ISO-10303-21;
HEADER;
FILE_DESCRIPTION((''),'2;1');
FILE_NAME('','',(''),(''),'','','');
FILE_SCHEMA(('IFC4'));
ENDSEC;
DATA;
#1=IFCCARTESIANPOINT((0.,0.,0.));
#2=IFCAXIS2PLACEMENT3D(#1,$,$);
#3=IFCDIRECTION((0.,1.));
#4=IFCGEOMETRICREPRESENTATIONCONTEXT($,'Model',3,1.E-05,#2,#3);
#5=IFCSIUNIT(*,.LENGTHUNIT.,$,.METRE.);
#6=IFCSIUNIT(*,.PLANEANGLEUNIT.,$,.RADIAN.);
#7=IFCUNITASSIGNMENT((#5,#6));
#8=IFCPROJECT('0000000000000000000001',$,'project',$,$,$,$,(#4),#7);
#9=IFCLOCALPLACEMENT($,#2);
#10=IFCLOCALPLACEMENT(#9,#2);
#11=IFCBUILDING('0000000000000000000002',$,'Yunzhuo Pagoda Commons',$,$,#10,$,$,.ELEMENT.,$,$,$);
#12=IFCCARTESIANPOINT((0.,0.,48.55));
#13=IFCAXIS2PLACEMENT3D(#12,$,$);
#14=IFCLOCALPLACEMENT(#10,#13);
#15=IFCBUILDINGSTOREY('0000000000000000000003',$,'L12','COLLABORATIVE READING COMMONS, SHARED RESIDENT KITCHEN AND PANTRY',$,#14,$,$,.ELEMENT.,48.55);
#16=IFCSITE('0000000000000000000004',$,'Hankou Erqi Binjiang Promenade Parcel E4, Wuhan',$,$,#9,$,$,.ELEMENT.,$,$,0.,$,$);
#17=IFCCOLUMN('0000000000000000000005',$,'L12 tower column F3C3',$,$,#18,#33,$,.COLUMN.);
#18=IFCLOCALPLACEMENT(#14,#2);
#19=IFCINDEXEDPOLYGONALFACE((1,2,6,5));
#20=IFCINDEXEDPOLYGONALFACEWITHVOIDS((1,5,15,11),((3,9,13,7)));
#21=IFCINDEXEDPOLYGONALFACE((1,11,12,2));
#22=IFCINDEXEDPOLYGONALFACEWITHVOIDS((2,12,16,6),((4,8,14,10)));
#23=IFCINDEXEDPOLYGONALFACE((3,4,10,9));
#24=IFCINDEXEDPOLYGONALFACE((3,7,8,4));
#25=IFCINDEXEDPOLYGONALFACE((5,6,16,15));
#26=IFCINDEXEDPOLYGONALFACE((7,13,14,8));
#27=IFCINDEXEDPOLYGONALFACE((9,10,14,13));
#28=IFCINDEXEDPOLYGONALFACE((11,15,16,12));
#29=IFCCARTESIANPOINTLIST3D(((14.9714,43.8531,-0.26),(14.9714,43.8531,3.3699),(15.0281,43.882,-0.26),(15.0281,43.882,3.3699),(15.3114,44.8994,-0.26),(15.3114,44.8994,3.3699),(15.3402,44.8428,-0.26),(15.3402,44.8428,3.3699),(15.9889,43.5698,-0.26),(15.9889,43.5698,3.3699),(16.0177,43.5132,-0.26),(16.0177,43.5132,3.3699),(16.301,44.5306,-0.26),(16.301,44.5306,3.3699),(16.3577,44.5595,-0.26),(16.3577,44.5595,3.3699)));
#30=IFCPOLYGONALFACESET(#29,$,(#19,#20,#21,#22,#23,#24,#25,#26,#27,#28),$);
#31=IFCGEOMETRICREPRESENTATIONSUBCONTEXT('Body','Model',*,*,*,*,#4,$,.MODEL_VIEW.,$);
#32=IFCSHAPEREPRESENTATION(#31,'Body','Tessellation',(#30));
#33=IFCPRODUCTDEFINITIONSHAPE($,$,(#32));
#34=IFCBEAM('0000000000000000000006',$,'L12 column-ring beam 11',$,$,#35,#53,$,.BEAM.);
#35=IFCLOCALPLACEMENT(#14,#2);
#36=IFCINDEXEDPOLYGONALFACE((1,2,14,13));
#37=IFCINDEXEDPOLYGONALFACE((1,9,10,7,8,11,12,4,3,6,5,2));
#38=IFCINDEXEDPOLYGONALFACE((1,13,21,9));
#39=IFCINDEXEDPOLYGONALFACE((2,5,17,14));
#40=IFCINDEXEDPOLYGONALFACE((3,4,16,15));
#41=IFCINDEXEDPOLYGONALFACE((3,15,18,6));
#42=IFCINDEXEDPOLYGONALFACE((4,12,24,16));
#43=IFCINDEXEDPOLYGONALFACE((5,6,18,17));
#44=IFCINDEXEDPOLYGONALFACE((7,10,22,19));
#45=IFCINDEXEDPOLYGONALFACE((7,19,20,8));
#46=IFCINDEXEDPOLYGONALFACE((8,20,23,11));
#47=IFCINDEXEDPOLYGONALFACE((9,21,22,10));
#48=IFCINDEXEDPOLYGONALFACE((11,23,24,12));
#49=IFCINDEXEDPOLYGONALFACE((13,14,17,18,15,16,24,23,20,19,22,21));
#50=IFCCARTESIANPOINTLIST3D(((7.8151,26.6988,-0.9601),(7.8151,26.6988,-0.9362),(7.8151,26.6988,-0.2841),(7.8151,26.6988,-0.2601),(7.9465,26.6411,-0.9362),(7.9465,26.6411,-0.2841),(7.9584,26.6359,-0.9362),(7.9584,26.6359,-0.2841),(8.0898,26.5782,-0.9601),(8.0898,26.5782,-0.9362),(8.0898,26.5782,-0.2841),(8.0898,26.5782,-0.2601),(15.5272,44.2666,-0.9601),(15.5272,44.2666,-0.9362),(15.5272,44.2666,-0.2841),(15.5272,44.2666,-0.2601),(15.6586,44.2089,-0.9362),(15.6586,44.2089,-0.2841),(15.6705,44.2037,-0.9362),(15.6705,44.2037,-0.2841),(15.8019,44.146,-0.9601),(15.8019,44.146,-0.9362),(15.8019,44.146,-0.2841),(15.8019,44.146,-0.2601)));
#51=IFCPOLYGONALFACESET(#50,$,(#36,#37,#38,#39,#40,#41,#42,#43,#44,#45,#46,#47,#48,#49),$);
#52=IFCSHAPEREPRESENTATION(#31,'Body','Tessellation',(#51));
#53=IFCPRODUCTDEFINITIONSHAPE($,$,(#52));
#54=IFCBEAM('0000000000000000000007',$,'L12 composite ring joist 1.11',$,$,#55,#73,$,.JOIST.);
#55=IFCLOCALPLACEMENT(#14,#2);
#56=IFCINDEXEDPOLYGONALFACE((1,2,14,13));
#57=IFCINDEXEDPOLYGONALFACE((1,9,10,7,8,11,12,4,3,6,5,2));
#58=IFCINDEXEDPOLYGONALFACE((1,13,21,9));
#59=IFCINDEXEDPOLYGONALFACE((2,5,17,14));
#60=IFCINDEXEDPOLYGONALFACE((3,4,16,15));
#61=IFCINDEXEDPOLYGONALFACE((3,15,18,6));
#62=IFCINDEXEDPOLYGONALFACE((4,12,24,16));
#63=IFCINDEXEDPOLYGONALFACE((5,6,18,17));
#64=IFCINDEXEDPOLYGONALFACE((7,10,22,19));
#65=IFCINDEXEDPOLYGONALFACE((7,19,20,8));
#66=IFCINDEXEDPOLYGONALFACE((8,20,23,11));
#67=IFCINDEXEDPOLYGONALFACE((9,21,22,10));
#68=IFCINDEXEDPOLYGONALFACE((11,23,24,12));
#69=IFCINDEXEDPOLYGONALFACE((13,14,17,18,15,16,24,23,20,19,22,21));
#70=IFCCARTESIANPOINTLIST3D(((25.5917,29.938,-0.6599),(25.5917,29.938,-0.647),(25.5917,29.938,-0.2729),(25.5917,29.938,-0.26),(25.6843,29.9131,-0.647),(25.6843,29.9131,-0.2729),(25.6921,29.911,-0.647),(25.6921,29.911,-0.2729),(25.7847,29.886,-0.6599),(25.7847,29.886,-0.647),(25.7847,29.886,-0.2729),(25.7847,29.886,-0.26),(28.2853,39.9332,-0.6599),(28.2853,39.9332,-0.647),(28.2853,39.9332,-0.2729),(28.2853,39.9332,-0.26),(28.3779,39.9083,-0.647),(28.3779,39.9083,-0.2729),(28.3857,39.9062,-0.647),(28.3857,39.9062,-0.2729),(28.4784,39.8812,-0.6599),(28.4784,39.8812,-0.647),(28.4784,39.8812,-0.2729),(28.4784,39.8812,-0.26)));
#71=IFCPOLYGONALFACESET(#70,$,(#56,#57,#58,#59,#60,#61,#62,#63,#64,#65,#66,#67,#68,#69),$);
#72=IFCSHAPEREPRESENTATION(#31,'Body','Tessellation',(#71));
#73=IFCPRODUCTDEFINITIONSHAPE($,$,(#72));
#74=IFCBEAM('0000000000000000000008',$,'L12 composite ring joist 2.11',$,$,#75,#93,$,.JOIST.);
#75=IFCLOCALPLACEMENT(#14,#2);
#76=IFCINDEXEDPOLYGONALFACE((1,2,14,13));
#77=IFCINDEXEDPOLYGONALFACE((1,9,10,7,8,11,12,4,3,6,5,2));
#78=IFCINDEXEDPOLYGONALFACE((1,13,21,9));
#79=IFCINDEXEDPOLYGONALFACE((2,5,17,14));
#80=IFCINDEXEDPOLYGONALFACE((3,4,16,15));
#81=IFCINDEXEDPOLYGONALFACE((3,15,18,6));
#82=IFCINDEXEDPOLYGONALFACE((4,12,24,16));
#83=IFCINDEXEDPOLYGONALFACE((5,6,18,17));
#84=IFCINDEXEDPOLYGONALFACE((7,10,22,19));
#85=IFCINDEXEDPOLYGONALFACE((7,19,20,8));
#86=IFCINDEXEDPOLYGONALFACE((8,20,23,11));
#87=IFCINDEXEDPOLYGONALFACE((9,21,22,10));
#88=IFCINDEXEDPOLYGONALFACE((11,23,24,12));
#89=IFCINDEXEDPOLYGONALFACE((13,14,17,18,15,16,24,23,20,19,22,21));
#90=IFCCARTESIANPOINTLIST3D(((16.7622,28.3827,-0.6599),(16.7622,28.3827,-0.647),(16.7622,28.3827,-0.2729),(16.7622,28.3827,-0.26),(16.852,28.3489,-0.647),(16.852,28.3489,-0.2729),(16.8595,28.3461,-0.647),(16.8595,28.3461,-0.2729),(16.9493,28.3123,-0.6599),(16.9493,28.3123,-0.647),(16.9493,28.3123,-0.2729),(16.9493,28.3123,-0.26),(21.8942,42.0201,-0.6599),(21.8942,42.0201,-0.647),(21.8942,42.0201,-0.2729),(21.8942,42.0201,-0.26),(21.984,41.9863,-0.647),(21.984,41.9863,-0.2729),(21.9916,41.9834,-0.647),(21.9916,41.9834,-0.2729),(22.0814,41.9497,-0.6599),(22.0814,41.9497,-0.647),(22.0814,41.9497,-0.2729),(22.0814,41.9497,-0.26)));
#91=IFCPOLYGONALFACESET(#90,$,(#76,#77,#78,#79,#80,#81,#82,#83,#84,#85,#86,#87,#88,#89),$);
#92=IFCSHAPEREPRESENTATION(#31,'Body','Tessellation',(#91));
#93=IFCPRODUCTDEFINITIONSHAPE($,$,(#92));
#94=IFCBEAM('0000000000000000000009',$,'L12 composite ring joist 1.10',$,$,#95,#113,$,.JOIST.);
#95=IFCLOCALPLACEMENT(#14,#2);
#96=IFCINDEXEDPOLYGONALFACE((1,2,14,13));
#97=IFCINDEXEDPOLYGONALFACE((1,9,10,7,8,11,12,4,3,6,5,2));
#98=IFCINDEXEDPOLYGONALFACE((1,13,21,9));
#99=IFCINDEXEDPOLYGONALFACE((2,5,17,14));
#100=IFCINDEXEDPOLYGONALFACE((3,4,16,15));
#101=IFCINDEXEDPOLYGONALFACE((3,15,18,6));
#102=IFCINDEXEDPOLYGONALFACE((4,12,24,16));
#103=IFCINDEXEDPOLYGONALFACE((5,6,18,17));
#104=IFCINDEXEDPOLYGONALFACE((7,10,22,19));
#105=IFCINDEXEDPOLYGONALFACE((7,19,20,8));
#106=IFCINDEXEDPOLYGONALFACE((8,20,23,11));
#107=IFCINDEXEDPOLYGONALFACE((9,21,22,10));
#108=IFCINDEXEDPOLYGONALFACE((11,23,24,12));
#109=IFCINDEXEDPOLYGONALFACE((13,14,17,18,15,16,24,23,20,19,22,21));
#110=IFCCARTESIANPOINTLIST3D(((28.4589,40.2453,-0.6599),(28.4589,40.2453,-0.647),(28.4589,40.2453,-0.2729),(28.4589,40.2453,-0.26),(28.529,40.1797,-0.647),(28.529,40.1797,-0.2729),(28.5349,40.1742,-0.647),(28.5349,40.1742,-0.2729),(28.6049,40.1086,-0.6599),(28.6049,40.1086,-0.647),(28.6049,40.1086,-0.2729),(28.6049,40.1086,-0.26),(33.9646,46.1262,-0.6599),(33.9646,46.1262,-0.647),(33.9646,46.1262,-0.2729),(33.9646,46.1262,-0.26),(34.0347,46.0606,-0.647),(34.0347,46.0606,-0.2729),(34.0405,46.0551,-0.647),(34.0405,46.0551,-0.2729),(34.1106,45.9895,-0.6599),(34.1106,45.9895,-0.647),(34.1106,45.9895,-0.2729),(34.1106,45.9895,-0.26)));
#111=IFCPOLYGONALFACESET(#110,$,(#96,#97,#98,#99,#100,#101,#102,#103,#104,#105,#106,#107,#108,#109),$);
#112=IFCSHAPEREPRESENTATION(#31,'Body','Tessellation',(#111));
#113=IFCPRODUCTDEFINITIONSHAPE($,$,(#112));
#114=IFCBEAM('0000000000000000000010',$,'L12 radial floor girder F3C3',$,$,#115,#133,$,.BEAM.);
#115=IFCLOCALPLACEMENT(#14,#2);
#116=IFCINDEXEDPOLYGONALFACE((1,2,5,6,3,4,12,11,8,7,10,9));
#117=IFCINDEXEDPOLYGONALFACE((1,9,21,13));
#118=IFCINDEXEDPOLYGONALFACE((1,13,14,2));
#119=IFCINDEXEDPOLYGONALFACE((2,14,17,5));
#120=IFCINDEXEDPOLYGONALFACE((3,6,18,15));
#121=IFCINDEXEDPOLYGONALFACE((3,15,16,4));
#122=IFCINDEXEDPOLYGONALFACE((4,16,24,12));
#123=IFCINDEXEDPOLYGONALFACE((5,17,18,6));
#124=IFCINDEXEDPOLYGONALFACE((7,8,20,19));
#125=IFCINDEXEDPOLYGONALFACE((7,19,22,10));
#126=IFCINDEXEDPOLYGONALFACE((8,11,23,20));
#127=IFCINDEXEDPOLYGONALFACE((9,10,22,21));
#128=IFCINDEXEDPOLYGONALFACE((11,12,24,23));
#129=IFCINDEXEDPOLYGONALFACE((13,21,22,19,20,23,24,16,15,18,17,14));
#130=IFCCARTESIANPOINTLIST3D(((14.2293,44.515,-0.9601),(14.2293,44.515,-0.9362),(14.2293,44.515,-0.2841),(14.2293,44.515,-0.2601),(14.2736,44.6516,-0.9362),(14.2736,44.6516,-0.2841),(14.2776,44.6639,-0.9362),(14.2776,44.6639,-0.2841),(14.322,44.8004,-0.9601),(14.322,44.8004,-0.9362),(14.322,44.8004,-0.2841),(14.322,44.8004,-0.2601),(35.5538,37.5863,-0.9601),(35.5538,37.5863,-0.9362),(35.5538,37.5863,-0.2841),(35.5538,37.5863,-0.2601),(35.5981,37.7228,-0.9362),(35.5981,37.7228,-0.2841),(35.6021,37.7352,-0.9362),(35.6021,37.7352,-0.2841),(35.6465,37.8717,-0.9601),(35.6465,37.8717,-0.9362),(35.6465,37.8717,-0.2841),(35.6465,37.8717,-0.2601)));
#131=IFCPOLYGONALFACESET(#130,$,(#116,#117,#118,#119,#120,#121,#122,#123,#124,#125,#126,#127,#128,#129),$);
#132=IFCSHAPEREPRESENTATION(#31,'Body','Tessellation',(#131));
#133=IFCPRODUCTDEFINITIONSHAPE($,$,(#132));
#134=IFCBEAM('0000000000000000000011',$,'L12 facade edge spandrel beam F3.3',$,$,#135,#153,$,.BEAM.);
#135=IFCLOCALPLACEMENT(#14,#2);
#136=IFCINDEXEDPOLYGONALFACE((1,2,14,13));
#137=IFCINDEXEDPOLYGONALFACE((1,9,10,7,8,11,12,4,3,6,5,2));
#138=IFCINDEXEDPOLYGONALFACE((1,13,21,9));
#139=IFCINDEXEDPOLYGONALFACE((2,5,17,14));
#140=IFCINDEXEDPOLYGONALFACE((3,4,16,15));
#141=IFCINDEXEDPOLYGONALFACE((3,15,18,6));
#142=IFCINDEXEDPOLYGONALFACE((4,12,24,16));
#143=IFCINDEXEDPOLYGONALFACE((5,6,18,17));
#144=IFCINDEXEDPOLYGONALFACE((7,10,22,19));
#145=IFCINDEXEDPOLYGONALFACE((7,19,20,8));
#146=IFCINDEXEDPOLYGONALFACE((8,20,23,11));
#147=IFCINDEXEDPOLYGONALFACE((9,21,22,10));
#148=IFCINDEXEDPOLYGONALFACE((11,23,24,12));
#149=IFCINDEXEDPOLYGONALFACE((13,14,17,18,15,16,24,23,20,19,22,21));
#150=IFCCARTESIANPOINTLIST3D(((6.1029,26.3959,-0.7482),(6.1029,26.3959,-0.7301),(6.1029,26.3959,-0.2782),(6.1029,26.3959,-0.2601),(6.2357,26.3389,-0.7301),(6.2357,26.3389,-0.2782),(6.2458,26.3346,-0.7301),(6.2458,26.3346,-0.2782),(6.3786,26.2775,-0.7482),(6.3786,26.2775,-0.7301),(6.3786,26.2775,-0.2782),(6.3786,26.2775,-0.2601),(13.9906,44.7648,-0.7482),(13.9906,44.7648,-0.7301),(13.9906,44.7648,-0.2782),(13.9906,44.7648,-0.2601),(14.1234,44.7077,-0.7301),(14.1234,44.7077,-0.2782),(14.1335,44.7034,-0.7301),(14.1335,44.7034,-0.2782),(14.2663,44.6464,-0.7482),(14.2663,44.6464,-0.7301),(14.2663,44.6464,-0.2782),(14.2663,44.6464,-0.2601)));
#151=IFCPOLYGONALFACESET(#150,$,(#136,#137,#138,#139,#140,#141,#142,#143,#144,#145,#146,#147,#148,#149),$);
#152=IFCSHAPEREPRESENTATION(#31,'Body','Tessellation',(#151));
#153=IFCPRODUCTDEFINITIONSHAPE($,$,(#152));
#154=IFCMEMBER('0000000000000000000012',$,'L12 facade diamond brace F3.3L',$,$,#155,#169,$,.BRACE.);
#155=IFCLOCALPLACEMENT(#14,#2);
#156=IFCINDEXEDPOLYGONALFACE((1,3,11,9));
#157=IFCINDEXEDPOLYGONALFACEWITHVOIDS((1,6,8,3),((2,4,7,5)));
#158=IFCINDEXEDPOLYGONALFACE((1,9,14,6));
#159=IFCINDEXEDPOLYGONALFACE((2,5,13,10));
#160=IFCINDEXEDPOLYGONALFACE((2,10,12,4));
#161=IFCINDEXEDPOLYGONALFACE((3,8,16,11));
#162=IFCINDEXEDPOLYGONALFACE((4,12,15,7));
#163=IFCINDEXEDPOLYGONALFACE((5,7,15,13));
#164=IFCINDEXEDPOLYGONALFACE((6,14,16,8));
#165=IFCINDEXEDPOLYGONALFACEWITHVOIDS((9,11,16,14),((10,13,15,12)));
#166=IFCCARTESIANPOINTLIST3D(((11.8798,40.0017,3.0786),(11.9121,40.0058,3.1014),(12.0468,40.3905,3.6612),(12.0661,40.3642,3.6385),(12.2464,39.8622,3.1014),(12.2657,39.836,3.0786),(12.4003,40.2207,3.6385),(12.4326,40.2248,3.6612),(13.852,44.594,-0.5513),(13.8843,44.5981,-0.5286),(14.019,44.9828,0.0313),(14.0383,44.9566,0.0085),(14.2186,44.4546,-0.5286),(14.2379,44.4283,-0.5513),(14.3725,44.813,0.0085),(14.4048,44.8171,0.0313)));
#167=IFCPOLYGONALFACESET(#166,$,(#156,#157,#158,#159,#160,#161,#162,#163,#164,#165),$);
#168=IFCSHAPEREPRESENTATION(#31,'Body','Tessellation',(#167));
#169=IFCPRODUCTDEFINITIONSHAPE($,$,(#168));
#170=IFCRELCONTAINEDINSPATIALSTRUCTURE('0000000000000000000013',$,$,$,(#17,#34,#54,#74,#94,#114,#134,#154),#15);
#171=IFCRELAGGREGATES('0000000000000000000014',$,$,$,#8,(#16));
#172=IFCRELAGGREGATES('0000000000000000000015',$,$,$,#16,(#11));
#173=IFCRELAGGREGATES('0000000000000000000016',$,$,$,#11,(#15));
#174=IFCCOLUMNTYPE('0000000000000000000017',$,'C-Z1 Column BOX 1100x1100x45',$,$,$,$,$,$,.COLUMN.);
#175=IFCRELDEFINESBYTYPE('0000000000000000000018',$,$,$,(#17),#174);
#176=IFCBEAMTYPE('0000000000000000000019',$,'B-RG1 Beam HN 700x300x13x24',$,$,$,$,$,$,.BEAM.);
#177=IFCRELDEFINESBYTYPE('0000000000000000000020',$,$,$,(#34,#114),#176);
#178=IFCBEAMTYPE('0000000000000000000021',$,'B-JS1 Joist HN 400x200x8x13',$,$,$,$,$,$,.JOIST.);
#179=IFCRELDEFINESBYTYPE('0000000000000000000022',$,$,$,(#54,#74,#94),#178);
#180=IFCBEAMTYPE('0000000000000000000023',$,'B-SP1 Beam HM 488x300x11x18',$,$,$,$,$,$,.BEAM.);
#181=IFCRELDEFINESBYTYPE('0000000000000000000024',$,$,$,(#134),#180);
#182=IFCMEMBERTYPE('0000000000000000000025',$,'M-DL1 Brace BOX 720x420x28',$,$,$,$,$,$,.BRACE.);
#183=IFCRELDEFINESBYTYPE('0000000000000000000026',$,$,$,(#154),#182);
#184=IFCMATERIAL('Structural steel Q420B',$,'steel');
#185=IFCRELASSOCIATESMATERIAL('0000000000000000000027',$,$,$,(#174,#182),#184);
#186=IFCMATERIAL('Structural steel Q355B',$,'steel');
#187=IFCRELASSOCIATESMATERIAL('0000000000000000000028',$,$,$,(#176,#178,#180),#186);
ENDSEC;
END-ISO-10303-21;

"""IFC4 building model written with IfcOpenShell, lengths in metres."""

from ifc_helpers import new_model, si_unit, direction, frame, origin, origin_2d, place, context, subcontext, project, spatial, hollow_rectangle, i_section, extrude, source, transform, mapped, material, material_profile, profile_set, type_object, element, save


model = new_model("IFC4")

# Units and contexts
model_context = context("Model", 3, precision=1e-05, world=origin(), true_north=direction((0.0, 1.0)))
body_context = subcontext(model_context, "Body", "Model", "MODEL_VIEW")
ifc_project = project(units=[si_unit("LENGTHUNIT", "METRE"), si_unit("PLANEANGLEUNIT", "RADIAN")], contexts=[model_context])

# Site, building, storey
site_placement = place(None, origin())
site = spatial("IfcSite", under=ifc_project, at=site_placement, Name="Hankou Erqi Binjiang Promenade Parcel E4, Wuhan", CompositionType="ELEMENT", RefElevation=0.0)
building_placement = place(site_placement, origin())
building = spatial("IfcBuilding", under=site, at=building_placement, Name="Yunzhuo Pagoda Commons", CompositionType="ELEMENT")
storey_placement = place(building_placement, frame((0.0, 0.0, 48.55)))
storey = spatial("IfcBuildingStorey", under=building, at=storey_placement, Name="L12", Description="COLLABORATIVE READING COMMONS, SHARED RESIDENT KITCHEN AND PANTRY", CompositionType="ELEMENT", Elevation=48.55)

# Column
ifc_material_1 = material(Name="Structural steel Q420B", Category="steel")
ifc_material_profile_1 = material_profile(ifc_material_1, hollow_rectangle(XDim=1.1001, YDim=1.1001, WallThickness=0.0449, at=origin_2d()), Name="Structural steel Q420B")
ifc_profile_set_1 = profile_set([ifc_material_profile_1], Name="Structural steel Q420B")
column_type = type_object("IfcColumnType", Name="C-Z1 Column BOX 1100x1100x45", PredefinedType="COLUMN", material=ifc_profile_set_1)
shared_shape_1 = source(origin(), body_context, "Body", "SweptSolid", [
    extrude(hollow_rectangle(XDim=1.1001, YDim=1.1001, WallThickness=0.0449, at=origin_2d()), origin(), (0.0, 0.0, 1.0), 3.6299),
])
column_placement = place(storey_placement, frame((15.6646, 44.2063, -0.26), z_axis=(0.0, 0.0, 1.0), x_axis=(-0.309017, -0.951057, 0.0)))
element("IfcColumn", 1, at=column_placement, inside=storey, type_object=column_type, Name="L12 tower column F3C3", PredefinedType="COLUMN", context=body_context, shape_type="MappedRepresentation", body=[
    mapped(shared_shape_1, transform((0.0, 0.0, 0.0), scale=1.0)),
])

# Beams
ifc_material_2 = material(Name="Structural steel Q355B", Category="steel")
ifc_material_profile_2 = material_profile(ifc_material_2, i_section(OverallWidth=0.3, OverallDepth=0.7, WebThickness=0.0129, FlangeThickness=0.0239, at=origin_2d()), Name="Structural steel Q355B")
ifc_profile_set_2 = profile_set([ifc_material_profile_2], Name="Structural steel Q355B")
beam_type_1 = type_object("IfcBeamType", Name="B-RG1 Beam HN 700x300x13x24", PredefinedType="BEAM", material=ifc_profile_set_2)
shared_shape_2 = source(origin(), body_context, "Body", "SweptSolid", [
    extrude(i_section(OverallWidth=0.3, OverallDepth=0.7, WebThickness=0.0129, FlangeThickness=0.0239, at=origin_2d()), origin(), (0.0, 0.0, 1.0), 19.186),
])
beam_1_placement = place(storey_placement, frame((15.6646, 44.2063, -0.6101), z_axis=(-0.401965, -0.915655, 0.0), x_axis=(0.915655, -0.401965, 0.0)))
element("IfcBeam", 2, at=beam_1_placement, inside=storey, type_object=beam_type_1, Name="L12 column-ring beam 11", PredefinedType="BEAM", context=body_context, shape_type="MappedRepresentation", body=[
    mapped(shared_shape_2, transform((0.0, 0.0, 0.0), scale=1.0)),
])
ifc_material_profile_3 = material_profile(ifc_material_2, i_section(OverallWidth=0.2, OverallDepth=0.3999, WebThickness=0.0081, FlangeThickness=0.0129, at=origin_2d()), Name="Structural steel Q355B")
ifc_profile_set_3 = profile_set([ifc_material_profile_3], Name="Structural steel Q355B")
beam_type_2 = type_object("IfcBeamType", Name="B-JS1 Joist HN 400x200x8x13", PredefinedType="JOIST", material=ifc_profile_set_3)
shared_shape_3 = source(origin(), body_context, "Body", "SweptSolid", [
    extrude(i_section(OverallWidth=0.2, OverallDepth=0.3999, WebThickness=0.0081, FlangeThickness=0.0129, at=origin_2d()), origin(), (0.0, 0.0, 1.0), 10.3518),
])
beam_2_placement = place(storey_placement, frame((28.3818, 39.9072, -0.46), z_axis=(-0.260209, -0.965552, 0.0), x_axis=(0.965552, -0.260209, 0.0)))
element("IfcBeam", 3, at=beam_2_placement, inside=storey, type_object=beam_type_2, Name="L12 composite ring joist 1.11", PredefinedType="JOIST", context=body_context, shape_type="MappedRepresentation", body=[
    mapped(shared_shape_3, transform((0.0, 0.0, 0.0), scale=1.0)),
])
shared_shape_4 = source(origin(), body_context, "Body", "SweptSolid", [
    extrude(i_section(OverallWidth=0.2, OverallDepth=0.3999, WebThickness=0.0081, FlangeThickness=0.0129, at=origin_2d()), origin(), (0.0, 0.0, 1.0), 14.571),
])
beam_3_placement = place(storey_placement, frame((21.9878, 41.9849, -0.46), z_axis=(-0.352208, -0.935922, 0.0), x_axis=(0.935922, -0.352208, 0.0)))
element("IfcBeam", 4, at=beam_3_placement, inside=storey, type_object=beam_type_2, Name="L12 composite ring joist 2.11", PredefinedType="JOIST", context=body_context, shape_type="MappedRepresentation", body=[
    mapped(shared_shape_4, transform((0.0, 0.0, 0.0), scale=1.0)),
])
shared_shape_5 = source(origin(), body_context, "Body", "SweptSolid", [
    extrude(i_section(OverallWidth=0.2, OverallDepth=0.3999, WebThickness=0.0081, FlangeThickness=0.0129, at=origin_2d()), origin(), (0.0, 0.0, 1.0), 8.0559),
])
beam_4_placement = place(storey_placement, frame((34.0376, 46.0579, -0.46), z_axis=(-0.683433, -0.730013, 0.0), x_axis=(0.730013, -0.683433, 0.0)))
element("IfcBeam", 5, at=beam_4_placement, inside=storey, type_object=beam_type_2, Name="L12 composite ring joist 1.10", PredefinedType="JOIST", context=body_context, shape_type="MappedRepresentation", body=[
    mapped(shared_shape_5, transform((0.0, 0.0, 0.0), scale=1.0)),
])
shared_shape_6 = source(origin(), body_context, "Body", "SweptSolid", [
    extrude(i_section(OverallWidth=0.3, OverallDepth=0.7, WebThickness=0.0129, FlangeThickness=0.0239, at=origin_2d()), origin(), (0.0, 0.0, 1.0), 22.4219),
])
beam_5_placement = place(storey_placement, frame((14.2756, 44.6577, -0.6101), z_axis=(0.951057, -0.309016, 0.0), x_axis=(0.309016, 0.951057, 0.0)))
element("IfcBeam", 6, at=beam_5_placement, inside=storey, type_object=beam_type_1, Name="L12 radial floor girder F3C3", PredefinedType="BEAM", context=body_context, shape_type="MappedRepresentation", body=[
    mapped(shared_shape_6, transform((0.0, 0.0, 0.0), scale=1.0)),
])
ifc_material_profile_4 = material_profile(ifc_material_2, i_section(OverallWidth=0.3, OverallDepth=0.488, WebThickness=0.011, FlangeThickness=0.0181, at=origin_2d()), Name="Structural steel Q355B")
ifc_profile_set_4 = profile_set([ifc_material_profile_4], Name="Structural steel Q355B")
beam_type_3 = type_object("IfcBeamType", Name="B-SP1 Beam HM 488x300x11x18", PredefinedType="BEAM", material=ifc_profile_set_4)
shared_shape_7 = source(origin(), body_context, "Body", "SweptSolid", [
    extrude(i_section(OverallWidth=0.3, OverallDepth=0.488, WebThickness=0.011, FlangeThickness=0.0181, at=origin_2d()), origin(), (0.0, 0.0, 1.0), 19.9907),
])
beam_6_placement = place(storey_placement, frame((14.1284, 44.7056, -0.5042), z_axis=(-0.394566, -0.918867, 0.0), x_axis=(0.918867, -0.394566, 0.0)))
element("IfcBeam", 7, at=beam_6_placement, inside=storey, type_object=beam_type_3, Name="L12 facade edge spandrel beam F3.3", PredefinedType="BEAM", context=body_context, shape_type="MappedRepresentation", body=[
    mapped(shared_shape_7, transform((0.0, 0.0, 0.0), scale=1.0)),
])

# Member
ifc_material_profile_5 = material_profile(ifc_material_1, hollow_rectangle(XDim=0.4199, YDim=0.72, WallThickness=0.0281, at=origin_2d()), Name="Structural steel Q420B")
ifc_profile_set_5 = profile_set([ifc_material_profile_5], Name="Structural steel Q420B")
member_type_1 = type_object("IfcMemberType", Name="M-DL1 Brace BOX 720x420x28", PredefinedType="BRACE", material=ifc_profile_set_5)
shared_shape_8 = source(origin(), body_context, "Body", "SweptSolid", [
    extrude(hollow_rectangle(XDim=0.4199, YDim=0.72, WallThickness=0.0281, at=origin_2d()), origin(), (0.0, 0.0, 1.0), 6.177),
])
member_1_placement = place(storey_placement, frame((14.1284, 44.7056, -0.26), z_axis=(-0.319279, -0.743456, 0.587651), x_axis=(0.918852, -0.394603, 0.0)))
element("IfcMember", 8, at=member_1_placement, inside=storey, type_object=member_type_1, Name="L12 facade diamond brace F3.3L", PredefinedType="BRACE", context=body_context, shape_type="MappedRepresentation", body=[
    mapped(shared_shape_8, transform((0.0, 0.0, 0.0), scale=1.0)),
])

save(model, "model.ifc")
